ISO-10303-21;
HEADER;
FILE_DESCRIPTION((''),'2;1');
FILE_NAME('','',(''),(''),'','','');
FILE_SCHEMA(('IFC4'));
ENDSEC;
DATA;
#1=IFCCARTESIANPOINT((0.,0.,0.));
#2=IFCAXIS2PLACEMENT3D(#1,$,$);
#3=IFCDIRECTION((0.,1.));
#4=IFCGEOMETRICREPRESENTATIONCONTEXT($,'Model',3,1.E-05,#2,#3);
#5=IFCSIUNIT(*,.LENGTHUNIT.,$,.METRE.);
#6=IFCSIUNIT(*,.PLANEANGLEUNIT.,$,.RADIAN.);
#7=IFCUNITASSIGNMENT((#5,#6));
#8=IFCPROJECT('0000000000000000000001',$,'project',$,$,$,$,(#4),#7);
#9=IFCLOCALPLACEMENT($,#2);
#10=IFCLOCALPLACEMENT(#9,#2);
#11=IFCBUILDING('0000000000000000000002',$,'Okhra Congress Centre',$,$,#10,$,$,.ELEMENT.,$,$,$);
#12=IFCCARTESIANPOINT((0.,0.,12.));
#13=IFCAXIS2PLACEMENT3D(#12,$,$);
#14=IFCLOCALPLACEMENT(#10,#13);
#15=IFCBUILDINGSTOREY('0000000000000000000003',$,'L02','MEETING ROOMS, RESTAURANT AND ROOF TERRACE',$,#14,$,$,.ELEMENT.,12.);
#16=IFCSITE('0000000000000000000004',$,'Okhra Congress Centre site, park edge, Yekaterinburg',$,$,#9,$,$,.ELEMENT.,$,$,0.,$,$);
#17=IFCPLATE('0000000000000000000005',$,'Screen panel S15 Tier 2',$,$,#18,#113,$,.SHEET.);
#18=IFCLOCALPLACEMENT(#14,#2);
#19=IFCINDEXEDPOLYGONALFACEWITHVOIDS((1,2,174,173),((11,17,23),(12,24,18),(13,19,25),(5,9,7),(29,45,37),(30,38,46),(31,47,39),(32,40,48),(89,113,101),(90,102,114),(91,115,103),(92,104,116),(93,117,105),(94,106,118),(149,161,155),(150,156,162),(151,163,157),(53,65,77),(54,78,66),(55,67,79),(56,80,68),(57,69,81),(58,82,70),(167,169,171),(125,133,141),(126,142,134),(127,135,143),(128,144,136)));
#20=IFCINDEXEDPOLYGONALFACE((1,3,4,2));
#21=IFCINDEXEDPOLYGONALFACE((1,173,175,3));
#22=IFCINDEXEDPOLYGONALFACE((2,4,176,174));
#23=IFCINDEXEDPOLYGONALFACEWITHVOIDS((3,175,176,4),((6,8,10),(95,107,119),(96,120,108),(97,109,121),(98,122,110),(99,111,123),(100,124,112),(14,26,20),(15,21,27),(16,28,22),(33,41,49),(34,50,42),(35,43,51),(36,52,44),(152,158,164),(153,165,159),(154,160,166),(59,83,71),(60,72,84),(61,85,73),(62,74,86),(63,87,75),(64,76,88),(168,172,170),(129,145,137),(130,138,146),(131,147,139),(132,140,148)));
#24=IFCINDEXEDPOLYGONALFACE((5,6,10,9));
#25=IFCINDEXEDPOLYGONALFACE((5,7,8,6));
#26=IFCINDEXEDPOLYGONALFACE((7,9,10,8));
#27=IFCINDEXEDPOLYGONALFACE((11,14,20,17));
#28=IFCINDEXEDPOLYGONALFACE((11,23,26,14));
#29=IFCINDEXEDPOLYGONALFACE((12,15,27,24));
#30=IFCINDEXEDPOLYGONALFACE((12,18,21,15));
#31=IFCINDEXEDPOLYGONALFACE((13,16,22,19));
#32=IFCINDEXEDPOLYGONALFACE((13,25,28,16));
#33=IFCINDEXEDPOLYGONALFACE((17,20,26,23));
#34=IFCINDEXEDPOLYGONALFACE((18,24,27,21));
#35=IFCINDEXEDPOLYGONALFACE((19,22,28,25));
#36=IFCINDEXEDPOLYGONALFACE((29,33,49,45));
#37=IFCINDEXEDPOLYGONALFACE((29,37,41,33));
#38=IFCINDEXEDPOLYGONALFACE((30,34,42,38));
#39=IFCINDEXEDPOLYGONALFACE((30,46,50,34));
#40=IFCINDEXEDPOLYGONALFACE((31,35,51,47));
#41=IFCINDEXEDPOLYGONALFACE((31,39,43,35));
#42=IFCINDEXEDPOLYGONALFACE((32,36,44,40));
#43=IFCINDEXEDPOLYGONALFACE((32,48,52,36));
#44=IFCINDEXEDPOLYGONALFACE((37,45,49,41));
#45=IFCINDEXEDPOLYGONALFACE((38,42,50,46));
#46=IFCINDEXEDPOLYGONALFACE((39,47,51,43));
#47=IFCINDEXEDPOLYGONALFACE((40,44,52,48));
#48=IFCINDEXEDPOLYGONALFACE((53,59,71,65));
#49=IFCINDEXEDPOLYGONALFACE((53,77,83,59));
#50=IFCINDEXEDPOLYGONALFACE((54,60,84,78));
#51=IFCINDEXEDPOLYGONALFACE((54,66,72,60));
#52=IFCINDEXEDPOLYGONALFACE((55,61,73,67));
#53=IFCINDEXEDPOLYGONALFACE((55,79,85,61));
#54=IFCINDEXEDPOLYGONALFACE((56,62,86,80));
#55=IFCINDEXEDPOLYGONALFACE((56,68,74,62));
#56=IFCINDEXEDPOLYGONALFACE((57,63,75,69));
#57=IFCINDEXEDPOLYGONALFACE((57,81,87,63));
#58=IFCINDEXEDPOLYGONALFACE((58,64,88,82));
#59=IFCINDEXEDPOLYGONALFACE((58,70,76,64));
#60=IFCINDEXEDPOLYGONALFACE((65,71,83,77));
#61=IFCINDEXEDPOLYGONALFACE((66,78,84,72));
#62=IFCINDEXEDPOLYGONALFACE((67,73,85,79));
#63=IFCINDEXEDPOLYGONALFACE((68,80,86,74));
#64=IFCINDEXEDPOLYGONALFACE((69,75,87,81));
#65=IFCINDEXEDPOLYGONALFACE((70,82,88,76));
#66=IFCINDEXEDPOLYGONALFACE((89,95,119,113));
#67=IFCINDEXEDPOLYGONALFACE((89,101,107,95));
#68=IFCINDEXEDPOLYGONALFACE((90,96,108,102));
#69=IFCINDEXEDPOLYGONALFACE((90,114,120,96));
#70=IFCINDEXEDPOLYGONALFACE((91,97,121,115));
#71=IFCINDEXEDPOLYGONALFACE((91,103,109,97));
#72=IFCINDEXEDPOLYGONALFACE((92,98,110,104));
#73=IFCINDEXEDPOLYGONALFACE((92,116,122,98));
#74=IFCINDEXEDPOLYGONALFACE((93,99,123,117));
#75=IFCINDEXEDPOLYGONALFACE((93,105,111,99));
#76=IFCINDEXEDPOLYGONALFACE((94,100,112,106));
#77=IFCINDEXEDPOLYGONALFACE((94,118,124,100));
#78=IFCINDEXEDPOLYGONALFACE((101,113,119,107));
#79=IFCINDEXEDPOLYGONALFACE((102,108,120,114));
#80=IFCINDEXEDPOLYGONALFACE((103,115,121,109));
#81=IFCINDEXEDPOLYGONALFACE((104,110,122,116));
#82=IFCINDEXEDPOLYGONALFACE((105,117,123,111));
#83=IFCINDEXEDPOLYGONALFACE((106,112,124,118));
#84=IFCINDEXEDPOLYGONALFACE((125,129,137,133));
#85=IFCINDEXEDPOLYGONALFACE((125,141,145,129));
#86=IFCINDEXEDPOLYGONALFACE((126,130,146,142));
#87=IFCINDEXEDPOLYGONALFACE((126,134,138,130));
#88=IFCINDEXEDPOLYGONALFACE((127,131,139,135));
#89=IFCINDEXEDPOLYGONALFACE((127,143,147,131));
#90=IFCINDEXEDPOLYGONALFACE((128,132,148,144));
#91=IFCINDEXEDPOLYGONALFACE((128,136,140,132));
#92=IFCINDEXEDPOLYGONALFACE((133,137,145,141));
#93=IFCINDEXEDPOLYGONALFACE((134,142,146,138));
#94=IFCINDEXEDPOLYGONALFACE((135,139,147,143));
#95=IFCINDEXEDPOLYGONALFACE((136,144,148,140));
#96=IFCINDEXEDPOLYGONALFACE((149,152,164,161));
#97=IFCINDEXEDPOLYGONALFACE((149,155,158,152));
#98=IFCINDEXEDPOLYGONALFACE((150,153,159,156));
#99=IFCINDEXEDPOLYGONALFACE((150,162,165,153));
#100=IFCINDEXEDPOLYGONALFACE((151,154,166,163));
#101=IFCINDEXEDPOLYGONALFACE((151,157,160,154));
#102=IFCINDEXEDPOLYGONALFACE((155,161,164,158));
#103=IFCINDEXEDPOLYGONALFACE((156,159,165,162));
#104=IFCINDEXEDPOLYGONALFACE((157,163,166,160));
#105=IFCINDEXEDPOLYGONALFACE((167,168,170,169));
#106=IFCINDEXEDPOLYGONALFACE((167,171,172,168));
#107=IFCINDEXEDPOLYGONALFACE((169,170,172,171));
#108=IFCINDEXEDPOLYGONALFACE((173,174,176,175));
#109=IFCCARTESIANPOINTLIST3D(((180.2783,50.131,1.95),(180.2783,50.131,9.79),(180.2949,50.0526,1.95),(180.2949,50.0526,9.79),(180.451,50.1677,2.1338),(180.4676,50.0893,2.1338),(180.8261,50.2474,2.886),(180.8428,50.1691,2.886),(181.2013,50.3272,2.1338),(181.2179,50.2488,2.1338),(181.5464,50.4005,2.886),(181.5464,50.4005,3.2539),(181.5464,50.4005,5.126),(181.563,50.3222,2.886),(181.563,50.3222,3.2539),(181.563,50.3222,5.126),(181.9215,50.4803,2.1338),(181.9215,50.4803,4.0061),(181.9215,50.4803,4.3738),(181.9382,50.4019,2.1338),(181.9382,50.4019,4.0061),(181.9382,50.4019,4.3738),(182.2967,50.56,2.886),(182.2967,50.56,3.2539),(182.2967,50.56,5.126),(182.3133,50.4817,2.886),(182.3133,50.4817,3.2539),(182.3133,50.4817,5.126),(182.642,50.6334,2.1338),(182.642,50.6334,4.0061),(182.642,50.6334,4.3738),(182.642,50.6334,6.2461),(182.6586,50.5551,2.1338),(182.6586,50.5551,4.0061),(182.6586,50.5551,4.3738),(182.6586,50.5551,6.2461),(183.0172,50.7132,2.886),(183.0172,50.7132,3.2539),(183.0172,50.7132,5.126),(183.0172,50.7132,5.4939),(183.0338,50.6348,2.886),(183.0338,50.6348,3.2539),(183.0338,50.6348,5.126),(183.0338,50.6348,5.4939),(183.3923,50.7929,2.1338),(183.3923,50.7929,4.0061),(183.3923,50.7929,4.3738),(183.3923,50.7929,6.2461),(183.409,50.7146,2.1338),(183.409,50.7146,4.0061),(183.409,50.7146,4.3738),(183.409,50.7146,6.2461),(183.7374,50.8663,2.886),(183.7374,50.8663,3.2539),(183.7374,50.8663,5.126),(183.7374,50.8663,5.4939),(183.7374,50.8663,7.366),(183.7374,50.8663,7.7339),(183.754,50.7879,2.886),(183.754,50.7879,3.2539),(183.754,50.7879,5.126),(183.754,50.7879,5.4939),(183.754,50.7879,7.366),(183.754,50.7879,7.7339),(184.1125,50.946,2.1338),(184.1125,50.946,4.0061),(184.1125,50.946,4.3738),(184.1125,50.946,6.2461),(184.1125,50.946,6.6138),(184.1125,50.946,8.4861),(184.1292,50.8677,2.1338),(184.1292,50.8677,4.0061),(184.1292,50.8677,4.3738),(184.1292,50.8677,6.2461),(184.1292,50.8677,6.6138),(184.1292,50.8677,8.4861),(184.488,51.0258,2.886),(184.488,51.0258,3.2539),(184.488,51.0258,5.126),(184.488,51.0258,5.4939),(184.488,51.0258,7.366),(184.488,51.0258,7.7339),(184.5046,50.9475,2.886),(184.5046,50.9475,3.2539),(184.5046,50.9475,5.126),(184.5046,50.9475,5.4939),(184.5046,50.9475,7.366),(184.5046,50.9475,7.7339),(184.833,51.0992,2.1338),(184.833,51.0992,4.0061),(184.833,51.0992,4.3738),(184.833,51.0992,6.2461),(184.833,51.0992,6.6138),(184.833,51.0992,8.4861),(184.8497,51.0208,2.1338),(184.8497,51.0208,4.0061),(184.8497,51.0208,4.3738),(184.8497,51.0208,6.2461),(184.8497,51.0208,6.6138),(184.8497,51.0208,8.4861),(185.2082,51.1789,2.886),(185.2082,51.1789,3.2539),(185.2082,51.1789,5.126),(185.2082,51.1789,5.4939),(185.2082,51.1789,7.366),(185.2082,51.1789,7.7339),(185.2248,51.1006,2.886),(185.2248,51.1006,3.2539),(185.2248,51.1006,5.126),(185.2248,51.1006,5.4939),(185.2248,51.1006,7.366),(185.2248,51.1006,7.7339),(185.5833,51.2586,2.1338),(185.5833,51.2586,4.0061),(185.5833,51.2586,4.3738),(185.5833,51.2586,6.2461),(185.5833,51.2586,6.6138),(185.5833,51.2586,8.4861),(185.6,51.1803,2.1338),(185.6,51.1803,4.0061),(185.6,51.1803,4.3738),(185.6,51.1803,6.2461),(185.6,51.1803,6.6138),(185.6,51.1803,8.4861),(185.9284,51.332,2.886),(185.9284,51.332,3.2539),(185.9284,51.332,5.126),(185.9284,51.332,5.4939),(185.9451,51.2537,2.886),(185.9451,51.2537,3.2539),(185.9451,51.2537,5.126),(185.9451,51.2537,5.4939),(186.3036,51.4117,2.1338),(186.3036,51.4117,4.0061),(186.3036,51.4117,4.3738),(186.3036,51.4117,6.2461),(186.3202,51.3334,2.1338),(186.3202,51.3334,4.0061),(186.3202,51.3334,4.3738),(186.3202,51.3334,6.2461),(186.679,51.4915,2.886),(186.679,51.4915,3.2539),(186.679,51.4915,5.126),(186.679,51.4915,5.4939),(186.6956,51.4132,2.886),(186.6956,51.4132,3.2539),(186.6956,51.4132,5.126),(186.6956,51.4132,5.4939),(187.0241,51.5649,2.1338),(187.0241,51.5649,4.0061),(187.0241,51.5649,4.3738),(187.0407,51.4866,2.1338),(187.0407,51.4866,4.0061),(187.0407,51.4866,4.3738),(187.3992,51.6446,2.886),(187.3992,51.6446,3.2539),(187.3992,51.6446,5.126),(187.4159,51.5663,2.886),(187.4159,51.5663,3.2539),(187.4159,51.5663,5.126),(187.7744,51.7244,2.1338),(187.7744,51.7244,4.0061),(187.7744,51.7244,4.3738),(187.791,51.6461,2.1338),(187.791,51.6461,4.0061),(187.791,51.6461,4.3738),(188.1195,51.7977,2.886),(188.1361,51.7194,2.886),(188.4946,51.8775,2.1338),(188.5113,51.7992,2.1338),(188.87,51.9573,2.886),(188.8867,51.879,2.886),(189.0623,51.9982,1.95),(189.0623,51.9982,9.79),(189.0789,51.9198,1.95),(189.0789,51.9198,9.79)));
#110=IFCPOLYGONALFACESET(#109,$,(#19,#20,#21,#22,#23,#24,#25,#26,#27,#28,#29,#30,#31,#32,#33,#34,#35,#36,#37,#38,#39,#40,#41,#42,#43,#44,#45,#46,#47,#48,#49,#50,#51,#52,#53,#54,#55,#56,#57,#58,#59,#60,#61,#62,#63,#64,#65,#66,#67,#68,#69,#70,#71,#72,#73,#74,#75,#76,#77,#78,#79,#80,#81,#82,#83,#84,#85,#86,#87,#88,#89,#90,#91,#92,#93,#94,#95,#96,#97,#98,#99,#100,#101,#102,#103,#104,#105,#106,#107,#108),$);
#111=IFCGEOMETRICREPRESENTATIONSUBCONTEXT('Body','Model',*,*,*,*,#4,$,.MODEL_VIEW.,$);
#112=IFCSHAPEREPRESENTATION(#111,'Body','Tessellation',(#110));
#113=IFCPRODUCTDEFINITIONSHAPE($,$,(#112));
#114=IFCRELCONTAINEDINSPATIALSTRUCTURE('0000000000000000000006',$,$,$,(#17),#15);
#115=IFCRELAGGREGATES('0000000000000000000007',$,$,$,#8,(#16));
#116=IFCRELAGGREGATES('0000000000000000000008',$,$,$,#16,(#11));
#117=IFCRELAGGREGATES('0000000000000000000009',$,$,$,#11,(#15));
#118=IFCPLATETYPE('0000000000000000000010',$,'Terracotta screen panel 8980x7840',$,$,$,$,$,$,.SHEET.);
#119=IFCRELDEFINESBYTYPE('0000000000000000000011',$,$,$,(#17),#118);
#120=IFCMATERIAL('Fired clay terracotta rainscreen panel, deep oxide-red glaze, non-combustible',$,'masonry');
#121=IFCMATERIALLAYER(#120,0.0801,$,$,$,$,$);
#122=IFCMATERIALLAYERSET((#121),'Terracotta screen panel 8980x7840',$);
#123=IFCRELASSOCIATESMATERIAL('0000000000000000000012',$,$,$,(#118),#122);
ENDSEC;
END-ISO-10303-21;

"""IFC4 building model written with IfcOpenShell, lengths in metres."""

from ifc_helpers import new_model, si_unit, direction, frame, origin, place, context, subcontext, project, spatial, polyline, outline, extrude, material, layer, layer_set, type_object, element, save


model = new_model("IFC4")

# Units and contexts
model_context = context("Model", 3, precision=1e-05, world=origin(), true_north=direction((0.0, 1.0)))
body_context = subcontext(model_context, "Body", "Model", "MODEL_VIEW")
ifc_project = project(units=[si_unit("LENGTHUNIT", "METRE"), si_unit("PLANEANGLEUNIT", "RADIAN")], contexts=[model_context])

# Site, building, storey
site_placement = place(None, origin())
site = spatial("IfcSite", under=ifc_project, at=site_placement, Name="Okhra Congress Centre site, park edge, Yekaterinburg", CompositionType="ELEMENT", RefElevation=0.0)
building_placement = place(site_placement, origin())
building = spatial("IfcBuilding", under=site, at=building_placement, Name="Okhra Congress Centre", CompositionType="ELEMENT")
storey_placement = place(building_placement, frame((0.0, 0.0, 12.0)))
storey = spatial("IfcBuildingStorey", under=building, at=storey_placement, Name="L02", Description="MEETING ROOMS, RESTAURANT AND ROOF TERRACE", CompositionType="ELEMENT", Elevation=12.0)

# Plate
ifc_material_1 = material(Name="Fired clay terracotta rainscreen panel, deep oxide-red glaze, non-combustible", Category="masonry")
ifc_layer_1 = layer(ifc_material_1, 0.0801)
ifc_layer_set_1 = layer_set([ifc_layer_1], Name="Terracotta screen panel 8980x7840")
plate_type = type_object("IfcPlateType", Name="Terracotta screen panel 8980x7840", PredefinedType="SHEET", material=ifc_layer_set_1)
plate_1_placement = place(storey_placement, frame((180.2866, 50.0918, 1.95), z_axis=(0.0, 0.0, 1.0), x_axis=(0.978145, 0.207923, 0.0)))
element("IfcPlate", 1, at=plate_1_placement, inside=storey, type_object=plate_type, Name="Screen panel S15 Tier 2", PredefinedType="SHEET", context=body_context, shape_type="SweptSolid", body=[
    extrude(outline(polyline([(0.0, 0.0), (8.9802, 0.0), (8.9802, 7.8401), (0.0, 7.8401), (0.0, 0.0)]), holes=[polyline([(0.1765, 0.1838), (0.9436, 0.1838), (0.5601, 0.936), (0.1765, 0.1838)]), polyline([(1.2964, 0.936), (1.6799, 0.1838), (2.0635, 0.936), (1.2964, 0.936)]), polyline([(2.4165, 0.1838), (3.1836, 0.1838), (2.8, 0.936), (2.4165, 0.1838)]), polyline([(3.5364, 0.936), (3.9199, 0.1838), (4.3037, 0.936), (3.5364, 0.936)]), polyline([(4.6565, 0.1838), (5.4236, 0.1838), (5.04, 0.936), (4.6565, 0.1838)]), polyline([(5.7764, 0.936), (6.1599, 0.1838), (6.5437, 0.936), (5.7764, 0.936)]), polyline([(6.8965, 0.1838), (7.6636, 0.1838), (7.28, 0.936), (6.8965, 0.1838)]), polyline([(8.0164, 0.936), (8.3999, 0.1838), (8.7837, 0.936), (8.0164, 0.936)]), polyline([(1.2964, 1.304), (2.0635, 1.304), (1.6799, 2.0562), (1.2964, 1.304)]), polyline([(2.4165, 2.0562), (2.8, 1.304), (3.1836, 2.0562), (2.4165, 2.0562)]), polyline([(3.5364, 1.304), (4.3037, 1.304), (3.9199, 2.0562), (3.5364, 1.304)]), polyline([(4.6565, 2.0562), (5.04, 1.304), (5.4236, 2.0562), (4.6565, 2.0562)]), polyline([(5.7764, 1.304), (6.5437, 1.304), (6.1599, 2.0562), (5.7764, 1.304)]), polyline([(6.8965, 2.0562), (7.28, 1.304), (7.6636, 2.0562), (6.8965, 2.0562)]), polyline([(1.2964, 3.176), (1.6799, 2.4238), (2.0635, 3.176), (1.2964, 3.176)]), polyline([(2.4165, 2.4238), (3.1836, 2.4238), (2.8, 3.176), (2.4165, 2.4238)]), polyline([(3.5364, 3.176), (3.9199, 2.4238), (4.3037, 3.176), (3.5364, 3.176)]), polyline([(4.6565, 2.4238), (5.4236, 2.4238), (5.04, 3.176), (4.6565, 2.4238)]), polyline([(5.7764, 3.176), (6.1599, 2.4238), (6.5437, 3.176), (5.7764, 3.176)]), polyline([(6.8965, 2.4238), (7.6636, 2.4238), (7.28, 3.176), (6.8965, 2.4238)]), polyline([(2.4165, 4.2961), (2.8, 3.5439), (3.1836, 4.2961), (2.4165, 4.2961)]), polyline([(3.5364, 3.5439), (4.3037, 3.5439), (3.9199, 4.2961), (3.5364, 3.5439)]), polyline([(4.6565, 4.2961), (5.04, 3.5439), (5.4236, 4.2961), (4.6565, 4.2961)]), polyline([(5.7764, 3.5439), (6.5437, 3.5439), (6.1599, 4.2961), (5.7764, 3.5439)]), polyline([(3.5364, 5.416), (3.9199, 4.6638), (4.3037, 5.416), (3.5364, 5.416)]), polyline([(4.6565, 4.6638), (5.4236, 4.6638), (5.04, 5.416), (4.6565, 4.6638)]), polyline([(3.5364, 5.7839), (4.3037, 5.7839), (3.9199, 6.5361), (3.5364, 5.7839)]), polyline([(4.6565, 6.5361), (5.04, 5.7839), (5.4236, 6.5361), (4.6565, 6.5361)])]), frame((0.0, 0.04, 0.0), z_axis=(0.0, -1.0, 0.0), x_axis=(1.0, 0.0, 0.0)), (0.0, 0.0, 1.0), 0.0801),
])

save(model, "model.ifc")
